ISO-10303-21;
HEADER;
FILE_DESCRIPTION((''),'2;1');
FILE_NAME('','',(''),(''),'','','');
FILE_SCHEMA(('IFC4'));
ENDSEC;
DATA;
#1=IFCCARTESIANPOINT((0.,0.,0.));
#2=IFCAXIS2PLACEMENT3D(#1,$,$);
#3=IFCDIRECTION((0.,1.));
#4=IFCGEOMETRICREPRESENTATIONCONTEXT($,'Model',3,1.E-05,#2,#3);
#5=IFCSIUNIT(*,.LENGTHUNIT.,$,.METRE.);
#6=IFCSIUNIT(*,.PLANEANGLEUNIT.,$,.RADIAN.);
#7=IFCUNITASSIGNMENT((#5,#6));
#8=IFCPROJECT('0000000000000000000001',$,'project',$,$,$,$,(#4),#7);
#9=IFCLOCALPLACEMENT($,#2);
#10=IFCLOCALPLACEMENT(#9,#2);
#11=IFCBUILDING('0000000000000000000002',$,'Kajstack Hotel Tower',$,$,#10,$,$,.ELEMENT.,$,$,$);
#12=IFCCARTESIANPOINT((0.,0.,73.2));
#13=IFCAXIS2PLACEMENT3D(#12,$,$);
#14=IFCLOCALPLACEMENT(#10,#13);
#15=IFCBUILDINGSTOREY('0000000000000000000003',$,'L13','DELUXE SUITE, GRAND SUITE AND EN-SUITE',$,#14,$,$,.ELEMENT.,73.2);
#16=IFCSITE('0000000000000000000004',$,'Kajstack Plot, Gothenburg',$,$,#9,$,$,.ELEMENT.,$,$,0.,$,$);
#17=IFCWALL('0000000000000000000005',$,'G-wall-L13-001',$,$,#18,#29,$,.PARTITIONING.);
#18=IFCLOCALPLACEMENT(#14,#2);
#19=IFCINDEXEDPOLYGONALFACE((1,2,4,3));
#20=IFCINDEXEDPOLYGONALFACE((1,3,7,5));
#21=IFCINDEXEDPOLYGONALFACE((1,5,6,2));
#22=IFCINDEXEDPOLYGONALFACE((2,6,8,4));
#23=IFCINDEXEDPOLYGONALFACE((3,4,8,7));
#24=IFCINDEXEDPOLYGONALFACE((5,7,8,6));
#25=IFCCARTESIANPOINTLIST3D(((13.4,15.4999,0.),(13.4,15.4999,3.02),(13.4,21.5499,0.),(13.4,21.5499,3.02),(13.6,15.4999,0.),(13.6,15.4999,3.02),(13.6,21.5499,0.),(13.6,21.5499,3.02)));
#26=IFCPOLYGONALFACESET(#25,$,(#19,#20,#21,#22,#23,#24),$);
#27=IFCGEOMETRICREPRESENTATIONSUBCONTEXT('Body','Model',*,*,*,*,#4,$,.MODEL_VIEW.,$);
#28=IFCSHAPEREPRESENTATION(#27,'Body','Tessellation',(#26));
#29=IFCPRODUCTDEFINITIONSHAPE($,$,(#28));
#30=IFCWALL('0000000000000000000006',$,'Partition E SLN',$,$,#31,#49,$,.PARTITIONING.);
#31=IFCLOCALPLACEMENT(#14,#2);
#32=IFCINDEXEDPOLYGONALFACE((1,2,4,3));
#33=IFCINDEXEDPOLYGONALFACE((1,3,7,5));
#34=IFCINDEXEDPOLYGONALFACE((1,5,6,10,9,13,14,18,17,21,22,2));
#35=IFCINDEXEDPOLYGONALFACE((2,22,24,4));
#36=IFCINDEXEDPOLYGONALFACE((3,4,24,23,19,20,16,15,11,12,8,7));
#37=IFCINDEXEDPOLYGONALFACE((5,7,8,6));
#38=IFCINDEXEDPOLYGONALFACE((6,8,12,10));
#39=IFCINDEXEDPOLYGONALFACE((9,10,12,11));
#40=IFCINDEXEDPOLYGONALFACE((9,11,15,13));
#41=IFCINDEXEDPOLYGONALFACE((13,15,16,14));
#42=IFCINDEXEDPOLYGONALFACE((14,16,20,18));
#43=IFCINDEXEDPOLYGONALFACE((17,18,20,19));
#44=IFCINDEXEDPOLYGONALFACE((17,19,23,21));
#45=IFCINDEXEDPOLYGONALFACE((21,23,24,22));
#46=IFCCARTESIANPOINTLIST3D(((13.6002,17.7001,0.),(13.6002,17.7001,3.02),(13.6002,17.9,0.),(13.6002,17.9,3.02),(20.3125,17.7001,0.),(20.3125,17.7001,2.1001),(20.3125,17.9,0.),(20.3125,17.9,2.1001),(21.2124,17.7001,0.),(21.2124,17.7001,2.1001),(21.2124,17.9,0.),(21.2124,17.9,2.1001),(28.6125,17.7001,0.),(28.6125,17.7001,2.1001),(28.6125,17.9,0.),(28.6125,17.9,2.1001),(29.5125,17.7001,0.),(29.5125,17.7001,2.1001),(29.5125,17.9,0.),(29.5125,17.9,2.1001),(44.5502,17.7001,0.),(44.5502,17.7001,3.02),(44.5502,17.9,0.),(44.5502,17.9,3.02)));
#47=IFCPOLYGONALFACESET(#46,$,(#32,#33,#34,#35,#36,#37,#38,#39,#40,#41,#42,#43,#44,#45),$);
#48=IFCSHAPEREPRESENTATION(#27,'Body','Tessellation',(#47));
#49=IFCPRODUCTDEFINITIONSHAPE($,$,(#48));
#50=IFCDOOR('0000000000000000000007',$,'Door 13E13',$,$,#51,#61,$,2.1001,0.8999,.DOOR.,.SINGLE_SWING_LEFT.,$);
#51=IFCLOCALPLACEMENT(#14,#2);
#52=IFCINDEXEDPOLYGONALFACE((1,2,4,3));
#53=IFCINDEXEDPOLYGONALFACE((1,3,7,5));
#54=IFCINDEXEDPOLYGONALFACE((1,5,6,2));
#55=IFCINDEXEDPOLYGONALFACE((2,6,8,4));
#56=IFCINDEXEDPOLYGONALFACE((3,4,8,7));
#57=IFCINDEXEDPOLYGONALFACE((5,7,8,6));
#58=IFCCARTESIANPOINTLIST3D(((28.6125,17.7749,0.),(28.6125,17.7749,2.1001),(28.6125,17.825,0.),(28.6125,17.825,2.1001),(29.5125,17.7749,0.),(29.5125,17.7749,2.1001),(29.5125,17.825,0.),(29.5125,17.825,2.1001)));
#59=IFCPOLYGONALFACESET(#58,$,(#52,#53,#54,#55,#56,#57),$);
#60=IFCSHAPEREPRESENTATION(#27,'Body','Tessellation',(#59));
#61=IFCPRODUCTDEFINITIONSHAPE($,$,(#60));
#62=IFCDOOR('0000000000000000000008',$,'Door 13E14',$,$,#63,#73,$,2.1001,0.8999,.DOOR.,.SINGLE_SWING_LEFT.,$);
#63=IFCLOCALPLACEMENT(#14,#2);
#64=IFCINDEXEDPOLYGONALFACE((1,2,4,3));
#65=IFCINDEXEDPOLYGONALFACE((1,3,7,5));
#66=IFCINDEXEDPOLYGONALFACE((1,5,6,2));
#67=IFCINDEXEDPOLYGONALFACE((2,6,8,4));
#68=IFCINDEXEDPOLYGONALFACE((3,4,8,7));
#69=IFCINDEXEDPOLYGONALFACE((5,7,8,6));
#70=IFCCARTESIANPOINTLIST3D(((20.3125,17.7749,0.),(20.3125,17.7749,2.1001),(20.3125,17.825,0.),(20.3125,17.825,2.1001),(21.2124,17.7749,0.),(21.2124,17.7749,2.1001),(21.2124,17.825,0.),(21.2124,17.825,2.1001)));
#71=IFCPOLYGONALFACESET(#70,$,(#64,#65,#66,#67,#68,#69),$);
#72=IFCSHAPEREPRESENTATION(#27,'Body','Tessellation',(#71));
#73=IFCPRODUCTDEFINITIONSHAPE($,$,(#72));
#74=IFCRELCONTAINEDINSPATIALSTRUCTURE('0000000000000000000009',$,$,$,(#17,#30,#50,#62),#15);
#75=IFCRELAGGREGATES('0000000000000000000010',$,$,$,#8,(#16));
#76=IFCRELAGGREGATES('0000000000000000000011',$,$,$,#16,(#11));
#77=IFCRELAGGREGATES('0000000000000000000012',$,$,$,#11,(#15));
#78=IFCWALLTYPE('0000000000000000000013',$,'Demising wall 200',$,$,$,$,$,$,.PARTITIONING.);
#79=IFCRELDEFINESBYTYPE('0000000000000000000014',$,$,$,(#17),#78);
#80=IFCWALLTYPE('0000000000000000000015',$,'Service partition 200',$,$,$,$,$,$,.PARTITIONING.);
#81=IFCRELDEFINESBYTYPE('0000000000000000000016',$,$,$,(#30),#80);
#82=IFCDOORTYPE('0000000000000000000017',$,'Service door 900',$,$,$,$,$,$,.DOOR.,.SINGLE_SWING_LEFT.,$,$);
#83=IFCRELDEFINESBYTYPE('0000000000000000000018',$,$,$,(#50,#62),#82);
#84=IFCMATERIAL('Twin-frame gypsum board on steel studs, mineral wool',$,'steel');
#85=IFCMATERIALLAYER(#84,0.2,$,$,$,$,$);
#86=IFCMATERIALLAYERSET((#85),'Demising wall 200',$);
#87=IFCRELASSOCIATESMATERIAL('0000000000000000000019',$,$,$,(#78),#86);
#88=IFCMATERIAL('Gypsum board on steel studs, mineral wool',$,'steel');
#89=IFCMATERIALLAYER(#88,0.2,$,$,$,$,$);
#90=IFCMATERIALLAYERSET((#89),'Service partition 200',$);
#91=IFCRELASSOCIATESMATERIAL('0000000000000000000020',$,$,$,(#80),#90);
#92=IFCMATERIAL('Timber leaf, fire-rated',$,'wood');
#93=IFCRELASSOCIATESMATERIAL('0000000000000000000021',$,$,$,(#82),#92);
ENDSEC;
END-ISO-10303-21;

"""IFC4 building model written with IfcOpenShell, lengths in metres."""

from ifc_helpers import new_model, si_unit, direction, frame, frame_2d, origin, place, context, subcontext, project, spatial, rectangle, extrude, material, layer, layer_set, type_object, element, fill, save


model = new_model("IFC4")

# Units and contexts
model_context = context("Model", 3, precision=1e-05, world=origin(), true_north=direction((0.0, 1.0)))
body_context = subcontext(model_context, "Body", "Model", "MODEL_VIEW")
ifc_project = project(units=[si_unit("LENGTHUNIT", "METRE"), si_unit("PLANEANGLEUNIT", "RADIAN")], contexts=[model_context])

# Site, building, storey
site_placement = place(None, origin())
site = spatial("IfcSite", under=ifc_project, at=site_placement, Name="Kajstack Plot, Gothenburg", CompositionType="ELEMENT", RefElevation=0.0)
building_placement = place(site_placement, origin())
building = spatial("IfcBuilding", under=site, at=building_placement, Name="Kajstack Hotel Tower", CompositionType="ELEMENT")
storey_placement = place(building_placement, frame((0.0, 0.0, 73.2)))
storey = spatial("IfcBuildingStorey", under=building, at=storey_placement, Name="L13", Description="DELUXE SUITE, GRAND SUITE AND EN-SUITE", CompositionType="ELEMENT", Elevation=73.2)

# Wall
ifc_material_1 = material(Name="Twin-frame gypsum board on steel studs, mineral wool", Category="steel")
ifc_layer_1 = layer(ifc_material_1, 0.2)
ifc_layer_set_1 = layer_set([ifc_layer_1], Name="Demising wall 200")
wall_type_1 = type_object("IfcWallType", Name="Demising wall 200", PredefinedType="PARTITIONING", material=ifc_layer_set_1)
wall_1_placement = place(storey_placement, frame((13.5, 15.5, 0.0), z_axis=(0.0, 0.0, 1.0), x_axis=(0.0, 1.0, 0.0)))
element("IfcWall", 1, at=wall_1_placement, inside=storey, type_object=wall_type_1, Name="G-wall-L13-001", PredefinedType="PARTITIONING", context=body_context, shape_type="SweptSolid", body=[
    extrude(rectangle(XDim=6.05, YDim=0.2, at=frame_2d((3.0249, 0.0))), origin(), (0.0, 0.0, 1.0), 3.02),
])

# Wall, openings, doors
ifc_material_2 = material(Name="Gypsum board on steel studs, mineral wool", Category="steel")
ifc_layer_2 = layer(ifc_material_2, 0.2)
ifc_layer_set_2 = layer_set([ifc_layer_2], Name="Service partition 200")
wall_type_2 = type_object("IfcWallType", Name="Service partition 200", PredefinedType="PARTITIONING", material=ifc_layer_set_2)
wall_2_placement = place(storey_placement, frame((13.6001, 17.8, 0.0), z_axis=(0.0, 0.0, 1.0), x_axis=(1.0, 0.0, 0.0)))
wall_2 = element("IfcWall", 2, at=wall_2_placement, inside=storey, type_object=wall_type_2, Name="Partition E SLN", PredefinedType="PARTITIONING", context=body_context, shape_type="SweptSolid", body=[
    extrude(rectangle(XDim=30.95, YDim=0.2, at=frame_2d((15.4751, 0.0))), origin(), (0.0, 0.0, 1.0), 3.02),
])
opening_1_placement = place(wall_2_placement, frame((15.0125, 0.0, 0.0)))
opening_1 = element("IfcOpeningElement", 3, at=opening_1_placement, cuts=wall_2, PredefinedType="OPENING", context=body_context, shape_type="SweptSolid", body=[
    extrude(rectangle(XDim=0.8999, YDim=2.1001, at=frame_2d((0.45, 1.05))), frame((0.0, 0.1099, 0.0), z_axis=(0.0, -1.0, 0.0), x_axis=(1.0, 0.0, 0.0)), (0.0, 0.0, 1.0), 0.22),
])
opening_2_placement = place(wall_2_placement, frame((6.7124, 0.0, 0.0)))
opening_2 = element("IfcOpeningElement", 4, at=opening_2_placement, cuts=wall_2, PredefinedType="OPENING", context=body_context, shape_type="SweptSolid", body=[
    extrude(rectangle(XDim=0.8999, YDim=2.1001, at=frame_2d((0.45, 1.05))), frame((0.0, 0.1099, 0.0), z_axis=(0.0, -1.0, 0.0), x_axis=(1.0, 0.0, 0.0)), (0.0, 0.0, 1.0), 0.22),
])
ifc_material_3 = material(Name="Timber leaf, fire-rated", Category="wood")
door_type = type_object("IfcDoorType", Name="Service door 900", OperationType="SINGLE_SWING_LEFT", PredefinedType="DOOR", material=ifc_material_3)
door_1_placement = place(opening_1_placement, origin())
door_1 = element("IfcDoor", 5, at=door_1_placement, inside=storey, type_object=door_type, Name="Door 13E13", OperationType="SINGLE_SWING_LEFT", OverallHeight=2.1001, OverallWidth=0.8999, PredefinedType="DOOR", context=body_context, shape_type="SweptSolid", body=[
    extrude(rectangle(XDim=0.8999, YDim=2.1001, at=frame_2d((0.45, 1.05))), frame((0.0, 0.0249, 0.0), z_axis=(0.0, -1.0, 0.0), x_axis=(1.0, 0.0, 0.0)), (0.0, 0.0, 1.0), 0.05),
])
fill(opening_1, door_1)
door_2_placement = place(opening_2_placement, origin())
door_2 = element("IfcDoor", 6, at=door_2_placement, inside=storey, type_object=door_type, Name="Door 13E14", OperationType="SINGLE_SWING_LEFT", OverallHeight=2.1001, OverallWidth=0.8999, PredefinedType="DOOR", context=body_context, shape_type="SweptSolid", body=[
    extrude(rectangle(XDim=0.8999, YDim=2.1001, at=frame_2d((0.45, 1.05))), frame((0.0, 0.0249, 0.0), z_axis=(0.0, -1.0, 0.0), x_axis=(1.0, 0.0, 0.0)), (0.0, 0.0, 1.0), 0.05),
])
fill(opening_2, door_2)

save(model, "model.ifc")
